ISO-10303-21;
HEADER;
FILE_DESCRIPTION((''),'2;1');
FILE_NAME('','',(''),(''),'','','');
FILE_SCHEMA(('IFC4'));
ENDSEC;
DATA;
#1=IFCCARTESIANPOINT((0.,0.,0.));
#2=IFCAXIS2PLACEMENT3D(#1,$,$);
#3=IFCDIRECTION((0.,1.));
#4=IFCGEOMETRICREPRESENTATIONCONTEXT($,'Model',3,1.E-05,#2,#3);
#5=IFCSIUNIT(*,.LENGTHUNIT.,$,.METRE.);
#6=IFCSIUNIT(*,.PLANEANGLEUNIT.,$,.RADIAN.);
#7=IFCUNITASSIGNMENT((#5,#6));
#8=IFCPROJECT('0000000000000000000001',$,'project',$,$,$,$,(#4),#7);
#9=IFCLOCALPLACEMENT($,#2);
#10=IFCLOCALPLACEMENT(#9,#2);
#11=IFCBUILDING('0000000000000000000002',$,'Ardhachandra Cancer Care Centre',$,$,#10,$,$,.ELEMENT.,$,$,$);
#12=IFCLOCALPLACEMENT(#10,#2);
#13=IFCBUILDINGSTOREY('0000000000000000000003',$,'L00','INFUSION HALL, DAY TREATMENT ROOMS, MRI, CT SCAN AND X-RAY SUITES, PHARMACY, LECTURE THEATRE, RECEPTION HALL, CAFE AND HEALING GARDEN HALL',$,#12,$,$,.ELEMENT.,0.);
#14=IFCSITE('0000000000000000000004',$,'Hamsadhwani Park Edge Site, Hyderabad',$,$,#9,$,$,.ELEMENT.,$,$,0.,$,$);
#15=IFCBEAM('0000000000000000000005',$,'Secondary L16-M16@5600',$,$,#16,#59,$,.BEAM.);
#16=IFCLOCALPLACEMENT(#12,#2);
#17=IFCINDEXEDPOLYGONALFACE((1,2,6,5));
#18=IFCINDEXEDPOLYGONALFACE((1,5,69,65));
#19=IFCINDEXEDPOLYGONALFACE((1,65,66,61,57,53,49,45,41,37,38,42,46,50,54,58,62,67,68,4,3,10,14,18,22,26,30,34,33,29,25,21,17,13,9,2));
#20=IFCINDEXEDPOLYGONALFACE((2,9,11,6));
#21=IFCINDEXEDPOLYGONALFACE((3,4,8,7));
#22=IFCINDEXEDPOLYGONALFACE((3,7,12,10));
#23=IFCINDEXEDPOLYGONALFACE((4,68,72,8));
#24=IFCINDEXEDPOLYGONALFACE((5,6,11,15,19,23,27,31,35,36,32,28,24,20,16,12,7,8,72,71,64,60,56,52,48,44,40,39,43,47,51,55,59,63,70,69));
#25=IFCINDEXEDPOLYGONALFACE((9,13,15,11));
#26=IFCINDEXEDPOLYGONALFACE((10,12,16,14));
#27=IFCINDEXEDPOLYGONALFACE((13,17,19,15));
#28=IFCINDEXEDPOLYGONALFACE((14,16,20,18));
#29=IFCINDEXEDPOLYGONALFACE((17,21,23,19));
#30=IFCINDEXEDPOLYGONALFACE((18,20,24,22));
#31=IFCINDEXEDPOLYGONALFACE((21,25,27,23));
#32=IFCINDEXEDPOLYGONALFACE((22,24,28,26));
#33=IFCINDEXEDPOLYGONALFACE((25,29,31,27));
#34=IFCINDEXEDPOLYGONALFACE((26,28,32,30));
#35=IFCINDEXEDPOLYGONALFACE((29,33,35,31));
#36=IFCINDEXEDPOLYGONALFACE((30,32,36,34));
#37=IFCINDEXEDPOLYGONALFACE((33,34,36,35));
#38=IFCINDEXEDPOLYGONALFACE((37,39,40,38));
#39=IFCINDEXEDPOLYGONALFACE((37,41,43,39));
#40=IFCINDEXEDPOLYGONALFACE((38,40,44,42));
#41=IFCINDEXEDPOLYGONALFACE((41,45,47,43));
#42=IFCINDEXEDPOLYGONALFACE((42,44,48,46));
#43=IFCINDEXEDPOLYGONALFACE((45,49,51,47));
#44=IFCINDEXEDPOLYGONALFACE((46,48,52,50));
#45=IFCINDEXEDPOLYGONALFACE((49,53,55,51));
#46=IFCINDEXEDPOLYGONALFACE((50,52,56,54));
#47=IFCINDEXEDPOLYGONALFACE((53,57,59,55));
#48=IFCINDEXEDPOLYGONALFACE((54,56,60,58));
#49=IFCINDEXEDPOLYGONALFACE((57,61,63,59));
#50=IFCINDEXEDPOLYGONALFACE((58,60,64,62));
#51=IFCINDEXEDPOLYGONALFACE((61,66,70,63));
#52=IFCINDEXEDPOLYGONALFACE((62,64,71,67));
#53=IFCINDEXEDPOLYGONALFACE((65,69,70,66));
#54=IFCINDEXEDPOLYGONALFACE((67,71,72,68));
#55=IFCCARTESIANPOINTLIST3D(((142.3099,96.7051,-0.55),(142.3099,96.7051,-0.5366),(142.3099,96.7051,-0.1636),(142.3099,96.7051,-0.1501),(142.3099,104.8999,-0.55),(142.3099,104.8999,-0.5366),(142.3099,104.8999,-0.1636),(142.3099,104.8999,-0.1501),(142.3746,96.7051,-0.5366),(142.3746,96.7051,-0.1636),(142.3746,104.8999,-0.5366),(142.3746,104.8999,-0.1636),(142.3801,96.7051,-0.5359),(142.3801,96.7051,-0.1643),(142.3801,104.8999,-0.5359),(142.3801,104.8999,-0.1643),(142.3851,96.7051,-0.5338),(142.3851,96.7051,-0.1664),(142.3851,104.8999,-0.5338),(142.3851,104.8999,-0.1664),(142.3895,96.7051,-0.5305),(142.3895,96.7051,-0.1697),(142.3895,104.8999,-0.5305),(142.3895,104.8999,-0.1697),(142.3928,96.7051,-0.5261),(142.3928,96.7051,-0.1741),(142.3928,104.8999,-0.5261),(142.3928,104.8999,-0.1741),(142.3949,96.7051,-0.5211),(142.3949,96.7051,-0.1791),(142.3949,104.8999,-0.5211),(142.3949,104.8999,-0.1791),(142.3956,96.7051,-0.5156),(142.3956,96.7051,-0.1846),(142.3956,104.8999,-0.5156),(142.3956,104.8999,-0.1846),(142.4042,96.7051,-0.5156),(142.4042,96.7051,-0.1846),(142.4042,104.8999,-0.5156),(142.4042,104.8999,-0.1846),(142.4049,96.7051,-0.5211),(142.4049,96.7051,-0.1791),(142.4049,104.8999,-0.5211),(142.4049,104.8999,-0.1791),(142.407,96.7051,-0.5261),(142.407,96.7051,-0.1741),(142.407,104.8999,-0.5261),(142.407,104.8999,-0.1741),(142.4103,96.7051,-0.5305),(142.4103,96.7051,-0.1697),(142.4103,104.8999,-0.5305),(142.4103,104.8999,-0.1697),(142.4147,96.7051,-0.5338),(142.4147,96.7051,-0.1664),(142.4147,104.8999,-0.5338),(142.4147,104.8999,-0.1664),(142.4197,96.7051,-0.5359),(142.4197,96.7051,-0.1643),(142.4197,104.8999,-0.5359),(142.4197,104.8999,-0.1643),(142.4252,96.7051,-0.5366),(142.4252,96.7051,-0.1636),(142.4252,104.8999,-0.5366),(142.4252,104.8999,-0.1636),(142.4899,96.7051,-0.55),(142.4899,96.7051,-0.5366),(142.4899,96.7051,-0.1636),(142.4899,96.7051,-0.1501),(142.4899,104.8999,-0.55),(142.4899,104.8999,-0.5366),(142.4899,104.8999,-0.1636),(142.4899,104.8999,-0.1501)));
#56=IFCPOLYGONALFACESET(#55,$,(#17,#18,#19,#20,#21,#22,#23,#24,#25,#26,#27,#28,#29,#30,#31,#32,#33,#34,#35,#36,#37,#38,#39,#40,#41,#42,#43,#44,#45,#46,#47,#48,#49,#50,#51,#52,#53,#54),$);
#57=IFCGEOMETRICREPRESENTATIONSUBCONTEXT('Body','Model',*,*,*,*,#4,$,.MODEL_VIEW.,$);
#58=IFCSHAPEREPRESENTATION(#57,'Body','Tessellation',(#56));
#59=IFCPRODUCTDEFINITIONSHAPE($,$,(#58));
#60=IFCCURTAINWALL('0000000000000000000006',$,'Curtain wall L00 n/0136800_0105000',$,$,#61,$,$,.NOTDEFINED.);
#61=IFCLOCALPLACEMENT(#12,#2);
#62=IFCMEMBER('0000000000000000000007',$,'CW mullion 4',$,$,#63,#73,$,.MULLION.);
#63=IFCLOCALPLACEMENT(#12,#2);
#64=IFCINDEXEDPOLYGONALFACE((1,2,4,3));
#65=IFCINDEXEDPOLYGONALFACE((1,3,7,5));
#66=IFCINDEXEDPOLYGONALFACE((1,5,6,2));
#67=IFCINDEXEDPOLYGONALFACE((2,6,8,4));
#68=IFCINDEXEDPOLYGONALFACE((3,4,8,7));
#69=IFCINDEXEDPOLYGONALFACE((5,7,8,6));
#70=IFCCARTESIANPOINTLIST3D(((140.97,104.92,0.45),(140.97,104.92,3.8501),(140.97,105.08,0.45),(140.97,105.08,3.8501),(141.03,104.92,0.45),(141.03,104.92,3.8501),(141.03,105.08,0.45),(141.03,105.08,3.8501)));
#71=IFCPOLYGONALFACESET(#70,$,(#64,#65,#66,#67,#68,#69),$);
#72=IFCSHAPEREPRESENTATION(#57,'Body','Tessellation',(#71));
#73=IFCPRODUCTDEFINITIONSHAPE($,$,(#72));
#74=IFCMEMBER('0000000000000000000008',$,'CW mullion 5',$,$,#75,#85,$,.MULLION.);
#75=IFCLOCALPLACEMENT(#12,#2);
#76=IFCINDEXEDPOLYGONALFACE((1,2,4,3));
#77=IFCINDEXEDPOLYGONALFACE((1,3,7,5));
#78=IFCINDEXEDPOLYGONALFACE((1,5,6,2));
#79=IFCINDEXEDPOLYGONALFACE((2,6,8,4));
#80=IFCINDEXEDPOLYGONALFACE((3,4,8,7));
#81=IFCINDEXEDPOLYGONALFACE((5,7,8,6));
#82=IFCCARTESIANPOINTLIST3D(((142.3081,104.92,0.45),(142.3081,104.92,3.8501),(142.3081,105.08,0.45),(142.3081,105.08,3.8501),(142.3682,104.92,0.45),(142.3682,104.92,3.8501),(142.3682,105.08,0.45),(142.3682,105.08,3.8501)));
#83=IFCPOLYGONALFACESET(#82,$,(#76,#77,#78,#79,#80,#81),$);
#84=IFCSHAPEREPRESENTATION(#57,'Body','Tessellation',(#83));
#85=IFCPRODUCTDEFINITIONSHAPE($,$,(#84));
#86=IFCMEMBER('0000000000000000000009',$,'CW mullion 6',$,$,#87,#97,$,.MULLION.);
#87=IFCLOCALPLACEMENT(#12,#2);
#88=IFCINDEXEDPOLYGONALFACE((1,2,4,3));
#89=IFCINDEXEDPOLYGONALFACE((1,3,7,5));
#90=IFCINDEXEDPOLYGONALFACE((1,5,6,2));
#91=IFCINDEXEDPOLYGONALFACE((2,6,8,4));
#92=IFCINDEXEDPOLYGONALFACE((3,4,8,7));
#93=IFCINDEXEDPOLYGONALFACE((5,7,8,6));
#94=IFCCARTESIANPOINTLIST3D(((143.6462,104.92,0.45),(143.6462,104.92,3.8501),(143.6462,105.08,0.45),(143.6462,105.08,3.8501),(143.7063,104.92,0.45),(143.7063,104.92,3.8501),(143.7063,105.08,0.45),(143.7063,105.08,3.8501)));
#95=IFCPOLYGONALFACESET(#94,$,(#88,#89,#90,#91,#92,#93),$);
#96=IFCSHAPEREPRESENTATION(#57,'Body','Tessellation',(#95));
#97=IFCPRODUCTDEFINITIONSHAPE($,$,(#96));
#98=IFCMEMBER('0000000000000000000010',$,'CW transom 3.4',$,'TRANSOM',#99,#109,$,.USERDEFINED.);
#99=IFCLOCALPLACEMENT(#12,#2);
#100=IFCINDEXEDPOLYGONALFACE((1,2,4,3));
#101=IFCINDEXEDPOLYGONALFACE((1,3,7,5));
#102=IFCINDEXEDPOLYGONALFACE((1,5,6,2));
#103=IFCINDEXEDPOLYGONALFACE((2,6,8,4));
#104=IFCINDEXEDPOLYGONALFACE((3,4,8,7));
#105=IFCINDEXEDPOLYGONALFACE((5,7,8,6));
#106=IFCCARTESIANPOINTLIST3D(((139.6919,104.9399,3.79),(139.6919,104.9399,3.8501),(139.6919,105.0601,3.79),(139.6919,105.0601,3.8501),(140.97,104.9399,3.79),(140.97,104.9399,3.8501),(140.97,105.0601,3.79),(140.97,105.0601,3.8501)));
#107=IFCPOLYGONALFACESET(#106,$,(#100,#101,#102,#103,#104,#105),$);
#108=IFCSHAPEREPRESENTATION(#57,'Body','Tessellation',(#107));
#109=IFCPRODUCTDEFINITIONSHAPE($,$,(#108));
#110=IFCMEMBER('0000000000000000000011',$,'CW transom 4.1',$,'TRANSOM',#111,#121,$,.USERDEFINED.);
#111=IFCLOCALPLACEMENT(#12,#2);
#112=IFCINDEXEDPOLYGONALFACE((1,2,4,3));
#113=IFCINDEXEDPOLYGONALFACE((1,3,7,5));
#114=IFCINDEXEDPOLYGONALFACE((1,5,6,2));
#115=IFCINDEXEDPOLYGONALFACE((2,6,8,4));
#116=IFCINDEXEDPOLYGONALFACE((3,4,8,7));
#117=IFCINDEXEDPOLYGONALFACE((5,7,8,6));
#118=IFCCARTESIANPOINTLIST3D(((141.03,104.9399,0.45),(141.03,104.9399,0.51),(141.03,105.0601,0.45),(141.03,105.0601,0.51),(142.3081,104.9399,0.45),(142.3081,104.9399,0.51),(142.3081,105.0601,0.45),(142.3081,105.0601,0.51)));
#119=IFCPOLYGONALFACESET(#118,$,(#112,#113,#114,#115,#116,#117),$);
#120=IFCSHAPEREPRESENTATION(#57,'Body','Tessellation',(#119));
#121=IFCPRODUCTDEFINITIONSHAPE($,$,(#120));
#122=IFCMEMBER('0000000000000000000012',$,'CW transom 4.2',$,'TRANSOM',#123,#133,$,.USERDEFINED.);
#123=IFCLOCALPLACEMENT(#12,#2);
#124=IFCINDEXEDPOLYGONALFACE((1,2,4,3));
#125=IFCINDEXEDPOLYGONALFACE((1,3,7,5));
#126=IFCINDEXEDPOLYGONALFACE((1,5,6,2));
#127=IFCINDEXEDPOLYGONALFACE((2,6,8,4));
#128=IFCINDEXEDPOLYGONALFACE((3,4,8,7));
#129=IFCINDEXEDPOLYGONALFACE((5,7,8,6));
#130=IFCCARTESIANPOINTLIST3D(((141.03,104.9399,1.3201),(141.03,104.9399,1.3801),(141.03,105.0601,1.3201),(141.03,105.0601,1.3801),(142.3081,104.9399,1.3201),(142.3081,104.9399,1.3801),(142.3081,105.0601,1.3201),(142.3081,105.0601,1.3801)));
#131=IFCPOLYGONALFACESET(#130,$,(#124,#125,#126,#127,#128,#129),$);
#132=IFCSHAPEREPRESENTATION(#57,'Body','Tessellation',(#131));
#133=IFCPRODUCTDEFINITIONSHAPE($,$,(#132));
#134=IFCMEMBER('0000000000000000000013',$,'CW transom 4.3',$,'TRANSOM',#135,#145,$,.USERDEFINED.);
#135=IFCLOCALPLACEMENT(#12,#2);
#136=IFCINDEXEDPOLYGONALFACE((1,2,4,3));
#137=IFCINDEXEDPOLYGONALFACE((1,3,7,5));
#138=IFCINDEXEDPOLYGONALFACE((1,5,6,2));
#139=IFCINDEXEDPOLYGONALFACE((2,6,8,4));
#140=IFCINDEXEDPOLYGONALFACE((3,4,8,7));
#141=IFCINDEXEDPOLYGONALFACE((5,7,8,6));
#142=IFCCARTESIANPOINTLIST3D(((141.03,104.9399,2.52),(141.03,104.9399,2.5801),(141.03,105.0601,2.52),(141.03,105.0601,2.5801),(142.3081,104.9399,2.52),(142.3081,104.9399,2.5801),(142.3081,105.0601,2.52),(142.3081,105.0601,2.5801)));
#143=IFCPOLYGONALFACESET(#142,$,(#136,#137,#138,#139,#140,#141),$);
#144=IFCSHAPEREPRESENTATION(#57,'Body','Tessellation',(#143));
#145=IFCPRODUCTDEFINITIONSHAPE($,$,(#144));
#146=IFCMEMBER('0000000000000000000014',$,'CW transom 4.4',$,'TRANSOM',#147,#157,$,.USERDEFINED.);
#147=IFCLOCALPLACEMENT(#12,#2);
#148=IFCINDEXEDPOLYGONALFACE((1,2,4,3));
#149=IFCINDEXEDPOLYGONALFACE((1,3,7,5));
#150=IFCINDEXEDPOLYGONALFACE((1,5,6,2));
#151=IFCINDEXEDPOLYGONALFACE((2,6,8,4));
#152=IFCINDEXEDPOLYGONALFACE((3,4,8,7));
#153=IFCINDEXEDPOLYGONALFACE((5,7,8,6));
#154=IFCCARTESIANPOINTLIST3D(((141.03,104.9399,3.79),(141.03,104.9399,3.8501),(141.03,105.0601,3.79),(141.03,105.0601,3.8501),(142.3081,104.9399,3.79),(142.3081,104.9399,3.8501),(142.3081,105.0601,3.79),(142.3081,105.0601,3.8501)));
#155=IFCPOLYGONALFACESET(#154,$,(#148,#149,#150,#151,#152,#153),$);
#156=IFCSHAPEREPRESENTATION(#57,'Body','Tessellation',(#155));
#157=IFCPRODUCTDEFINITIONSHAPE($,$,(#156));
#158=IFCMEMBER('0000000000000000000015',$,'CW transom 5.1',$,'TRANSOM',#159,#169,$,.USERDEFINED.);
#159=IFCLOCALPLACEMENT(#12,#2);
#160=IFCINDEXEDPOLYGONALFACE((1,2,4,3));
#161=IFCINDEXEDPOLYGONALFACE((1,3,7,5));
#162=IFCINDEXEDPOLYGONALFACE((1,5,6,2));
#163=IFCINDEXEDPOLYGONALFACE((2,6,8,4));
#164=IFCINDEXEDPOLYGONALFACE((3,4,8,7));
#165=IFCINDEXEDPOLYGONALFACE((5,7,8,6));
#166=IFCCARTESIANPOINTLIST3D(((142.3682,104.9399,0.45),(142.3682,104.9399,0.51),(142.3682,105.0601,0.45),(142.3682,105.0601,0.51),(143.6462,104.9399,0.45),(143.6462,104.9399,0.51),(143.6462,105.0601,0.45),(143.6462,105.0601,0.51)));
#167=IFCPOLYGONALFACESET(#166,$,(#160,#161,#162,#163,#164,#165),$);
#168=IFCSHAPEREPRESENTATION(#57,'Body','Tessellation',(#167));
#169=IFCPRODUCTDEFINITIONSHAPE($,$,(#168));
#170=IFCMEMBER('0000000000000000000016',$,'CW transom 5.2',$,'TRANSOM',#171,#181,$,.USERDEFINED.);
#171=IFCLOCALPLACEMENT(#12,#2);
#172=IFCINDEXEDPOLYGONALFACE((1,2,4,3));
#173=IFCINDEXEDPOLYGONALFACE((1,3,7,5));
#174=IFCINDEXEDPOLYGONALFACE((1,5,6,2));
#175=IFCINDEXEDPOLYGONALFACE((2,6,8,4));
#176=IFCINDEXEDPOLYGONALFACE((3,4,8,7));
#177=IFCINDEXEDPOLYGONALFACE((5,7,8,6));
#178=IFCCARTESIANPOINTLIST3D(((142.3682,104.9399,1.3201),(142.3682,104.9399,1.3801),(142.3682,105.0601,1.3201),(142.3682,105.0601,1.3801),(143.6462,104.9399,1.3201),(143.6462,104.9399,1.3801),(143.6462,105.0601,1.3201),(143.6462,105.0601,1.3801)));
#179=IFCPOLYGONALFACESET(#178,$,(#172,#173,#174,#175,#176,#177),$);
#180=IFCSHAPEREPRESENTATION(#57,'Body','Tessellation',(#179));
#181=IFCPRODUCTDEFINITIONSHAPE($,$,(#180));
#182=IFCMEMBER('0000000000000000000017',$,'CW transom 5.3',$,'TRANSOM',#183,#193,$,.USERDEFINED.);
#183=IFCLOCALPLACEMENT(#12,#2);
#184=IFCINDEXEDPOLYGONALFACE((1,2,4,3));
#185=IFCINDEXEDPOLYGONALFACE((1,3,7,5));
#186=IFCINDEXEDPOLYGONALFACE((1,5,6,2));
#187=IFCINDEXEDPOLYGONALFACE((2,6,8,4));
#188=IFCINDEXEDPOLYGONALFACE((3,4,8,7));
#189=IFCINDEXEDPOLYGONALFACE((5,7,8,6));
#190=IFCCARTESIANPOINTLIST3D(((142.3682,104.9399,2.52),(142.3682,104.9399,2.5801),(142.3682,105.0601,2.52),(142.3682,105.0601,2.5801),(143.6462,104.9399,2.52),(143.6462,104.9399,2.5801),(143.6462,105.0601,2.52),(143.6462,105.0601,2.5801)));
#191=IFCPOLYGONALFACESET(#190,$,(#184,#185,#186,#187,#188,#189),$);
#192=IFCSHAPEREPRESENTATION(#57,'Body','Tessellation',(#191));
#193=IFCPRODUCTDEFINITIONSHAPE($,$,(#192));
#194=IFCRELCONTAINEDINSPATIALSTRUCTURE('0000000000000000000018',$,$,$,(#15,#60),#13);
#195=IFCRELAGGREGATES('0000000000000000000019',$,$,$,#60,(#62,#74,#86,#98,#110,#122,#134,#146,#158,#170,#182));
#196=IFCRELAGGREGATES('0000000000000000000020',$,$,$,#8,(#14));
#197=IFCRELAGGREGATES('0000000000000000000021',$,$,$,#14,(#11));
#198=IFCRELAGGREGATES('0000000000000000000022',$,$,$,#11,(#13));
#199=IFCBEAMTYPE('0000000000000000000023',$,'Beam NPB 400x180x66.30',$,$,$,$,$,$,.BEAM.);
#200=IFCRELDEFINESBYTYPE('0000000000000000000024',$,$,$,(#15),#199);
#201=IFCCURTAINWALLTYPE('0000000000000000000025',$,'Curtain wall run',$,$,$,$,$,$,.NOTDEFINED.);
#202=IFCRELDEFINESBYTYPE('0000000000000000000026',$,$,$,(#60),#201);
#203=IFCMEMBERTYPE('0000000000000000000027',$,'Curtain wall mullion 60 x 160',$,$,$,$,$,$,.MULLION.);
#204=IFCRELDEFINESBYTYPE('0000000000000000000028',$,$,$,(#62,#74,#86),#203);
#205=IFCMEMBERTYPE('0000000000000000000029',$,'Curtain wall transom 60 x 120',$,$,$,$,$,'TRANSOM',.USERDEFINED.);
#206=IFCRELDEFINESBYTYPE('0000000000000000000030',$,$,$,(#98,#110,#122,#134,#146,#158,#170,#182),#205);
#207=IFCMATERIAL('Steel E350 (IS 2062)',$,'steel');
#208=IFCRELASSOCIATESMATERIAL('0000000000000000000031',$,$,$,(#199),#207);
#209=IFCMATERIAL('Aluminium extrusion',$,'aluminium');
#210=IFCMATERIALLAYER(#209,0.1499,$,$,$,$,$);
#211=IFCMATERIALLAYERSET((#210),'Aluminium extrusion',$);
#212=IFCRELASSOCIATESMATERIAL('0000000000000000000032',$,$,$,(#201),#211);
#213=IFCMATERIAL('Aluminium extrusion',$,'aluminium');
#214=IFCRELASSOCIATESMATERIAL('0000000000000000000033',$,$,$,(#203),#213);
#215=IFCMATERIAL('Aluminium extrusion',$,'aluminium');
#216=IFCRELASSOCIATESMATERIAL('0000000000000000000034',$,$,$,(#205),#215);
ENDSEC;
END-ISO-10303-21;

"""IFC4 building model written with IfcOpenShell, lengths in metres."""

from ifc_helpers import new_model, si_unit, direction, frame, origin, origin_2d, place, context, subcontext, project, spatial, rectangle, i_section, extrude, material, layer, layer_set, material_profile, profile_set, type_object, element, aggregate, save


model = new_model("IFC4")

# Units and contexts
model_context = context("Model", 3, precision=1e-05, world=origin(), true_north=direction((0.0, 1.0)))
body_context = subcontext(model_context, "Body", "Model", "MODEL_VIEW")
ifc_project = project(units=[si_unit("LENGTHUNIT", "METRE"), si_unit("PLANEANGLEUNIT", "RADIAN")], contexts=[model_context])

# Site, building, storey
site_placement = place(None, origin())
site = spatial("IfcSite", under=ifc_project, at=site_placement, Name="Hamsadhwani Park Edge Site, Hyderabad", CompositionType="ELEMENT", RefElevation=0.0)
building_placement = place(site_placement, origin())
building = spatial("IfcBuilding", under=site, at=building_placement, Name="Ardhachandra Cancer Care Centre", CompositionType="ELEMENT")
storey_placement = place(building_placement, origin())
storey = spatial("IfcBuildingStorey", under=building, at=storey_placement, Name="L00", Description="INFUSION HALL, DAY TREATMENT ROOMS, MRI, CT SCAN AND X-RAY SUITES, PHARMACY, LECTURE THEATRE, RECEPTION HALL, CAFE AND HEALING GARDEN HALL", CompositionType="ELEMENT", Elevation=0.0)

# Beam
ifc_material_1 = material(Name="Steel E350 (IS 2062)", Category="steel")
ifc_material_profile_1 = material_profile(ifc_material_1, i_section(OverallWidth=0.1799, OverallDepth=0.3999, WebThickness=0.0085, FlangeThickness=0.0134, FilletRadius=0.021, at=origin_2d()), Name="NPB 400x180x66.30")
ifc_profile_set_1 = profile_set([ifc_material_profile_1], Name="Steel E350 (IS 2062)")
beam_type = type_object("IfcBeamType", Name="Beam NPB 400x180x66.30", PredefinedType="BEAM", material=ifc_profile_set_1)
beam_placement = place(storey_placement, frame((142.3999, 96.7051, -0.3501), z_axis=(0.0, 1.0, 0.0), x_axis=(-1.0, 0.0, 0.0)))
element("IfcBeam", 1, at=beam_placement, inside=storey, type_object=beam_type, Name="Secondary L16-M16@5600", PredefinedType="BEAM", context=body_context, shape_type="SweptSolid", body=[
    extrude(i_section(OverallWidth=0.1799, OverallDepth=0.3999, WebThickness=0.0085, FlangeThickness=0.0134, FilletRadius=0.021, at=origin_2d()), origin(), (0.0, 0.0, 1.0), 8.1948),
])

# Curtain wall, members
ifc_material_2 = material(Name="Aluminium extrusion", Category="aluminium")
ifc_layer_1 = layer(ifc_material_2, 0.1499)
ifc_layer_set_1 = layer_set([ifc_layer_1], Name="Aluminium extrusion")
curtain_wall_type = type_object("IfcCurtainWallType", Name="Curtain wall run", PredefinedType="NOTDEFINED", material=ifc_layer_set_1)
curtain_wall_placement = place(storey_placement, origin())
curtain_wall = element("IfcCurtainWall", 2, at=curtain_wall_placement, inside=storey, type_object=curtain_wall_type, Name="Curtain wall L00 n/0136800_0105000", PredefinedType="NOTDEFINED")
ifc_material_3 = material(Name="Aluminium extrusion", Category="aluminium")
ifc_material_profile_2 = material_profile(ifc_material_3, rectangle(XDim=0.1599, YDim=0.0601, at=origin_2d()), Name="Curtain wall mullion 60 x 160")
ifc_profile_set_2 = profile_set([ifc_material_profile_2], Name="Aluminium extrusion")
member_type_1 = type_object("IfcMemberType", Name="Curtain wall mullion 60 x 160", PredefinedType="MULLION", material=ifc_profile_set_2)
member_1_placement = place(storey_placement, frame((141.0, 105.0, 0.45), z_axis=(0.0, 0.0, 1.0), x_axis=(0.0, 1.0, 0.0)))
member_1 = element("IfcMember", 3, at=member_1_placement, type_object=member_type_1, Name="CW mullion 4", PredefinedType="MULLION", context=body_context, shape_type="SweptSolid", body=[
    extrude(rectangle(XDim=0.1599, YDim=0.0601, at=origin_2d()), origin(), (0.0, 0.0, 1.0), 3.4001),
])
member_2_placement = place(storey_placement, frame((142.3381, 105.0, 0.45), z_axis=(0.0, 0.0, 1.0), x_axis=(0.0, 1.0, 0.0)))
member_2 = element("IfcMember", 4, at=member_2_placement, type_object=member_type_1, Name="CW mullion 5", PredefinedType="MULLION", context=body_context, shape_type="SweptSolid", body=[
    extrude(rectangle(XDim=0.1599, YDim=0.0601, at=origin_2d()), origin(), (0.0, 0.0, 1.0), 3.4001),
])
member_3_placement = place(storey_placement, frame((143.6763, 105.0, 0.45), z_axis=(0.0, 0.0, 1.0), x_axis=(0.0, 1.0, 0.0)))
member_3 = element("IfcMember", 5, at=member_3_placement, type_object=member_type_1, Name="CW mullion 6", PredefinedType="MULLION", context=body_context, shape_type="SweptSolid", body=[
    extrude(rectangle(XDim=0.1599, YDim=0.0601, at=origin_2d()), origin(), (0.0, 0.0, 1.0), 3.4001),
])
ifc_material_4 = material(Name="Aluminium extrusion", Category="aluminium")
ifc_material_profile_3 = material_profile(ifc_material_4, rectangle(XDim=0.1201, YDim=0.0601, at=origin_2d()), Name="Curtain wall transom 60 x 120")
ifc_profile_set_3 = profile_set([ifc_material_profile_3], Name="Aluminium extrusion")
member_type_2 = type_object("IfcMemberType", Name="Curtain wall transom 60 x 120", ElementType="TRANSOM", PredefinedType="USERDEFINED", material=ifc_profile_set_3)
member_4_placement = place(storey_placement, frame((139.6919, 105.0, 3.8201), z_axis=(1.0, 0.0, 0.0), x_axis=(0.0, 1.0, 0.0)))
member_4 = element("IfcMember", 6, at=member_4_placement, type_object=member_type_2, Name="CW transom 3.4", ObjectType="TRANSOM", PredefinedType="USERDEFINED", context=body_context, shape_type="SweptSolid", body=[
    extrude(rectangle(XDim=0.1201, YDim=0.0601, at=origin_2d()), origin(), (0.0, 0.0, 1.0), 1.2781),
])
member_5_placement = place(storey_placement, frame((141.03, 105.0, 0.48), z_axis=(1.0, 0.0, 0.0), x_axis=(0.0, 1.0, 0.0)))
member_5 = element("IfcMember", 7, at=member_5_placement, type_object=member_type_2, Name="CW transom 4.1", ObjectType="TRANSOM", PredefinedType="USERDEFINED", context=body_context, shape_type="SweptSolid", body=[
    extrude(rectangle(XDim=0.1201, YDim=0.0601, at=origin_2d()), origin(), (0.0, 0.0, 1.0), 1.2781),
])
member_6_placement = place(storey_placement, frame((141.03, 105.0, 1.3501), z_axis=(1.0, 0.0, 0.0), x_axis=(0.0, 1.0, 0.0)))
member_6 = element("IfcMember", 8, at=member_6_placement, type_object=member_type_2, Name="CW transom 4.2", ObjectType="TRANSOM", PredefinedType="USERDEFINED", context=body_context, shape_type="SweptSolid", body=[
    extrude(rectangle(XDim=0.1201, YDim=0.0601, at=origin_2d()), origin(), (0.0, 0.0, 1.0), 1.2781),
])
member_7_placement = place(storey_placement, frame((141.03, 105.0, 2.55), z_axis=(1.0, 0.0, 0.0), x_axis=(0.0, 1.0, 0.0)))
member_7 = element("IfcMember", 9, at=member_7_placement, type_object=member_type_2, Name="CW transom 4.3", ObjectType="TRANSOM", PredefinedType="USERDEFINED", context=body_context, shape_type="SweptSolid", body=[
    extrude(rectangle(XDim=0.1201, YDim=0.0601, at=origin_2d()), origin(), (0.0, 0.0, 1.0), 1.2781),
])
member_8_placement = place(storey_placement, frame((141.03, 105.0, 3.8201), z_axis=(1.0, 0.0, 0.0), x_axis=(0.0, 1.0, 0.0)))
member_8 = element("IfcMember", 10, at=member_8_placement, type_object=member_type_2, Name="CW transom 4.4", ObjectType="TRANSOM", PredefinedType="USERDEFINED", context=body_context, shape_type="SweptSolid", body=[
    extrude(rectangle(XDim=0.1201, YDim=0.0601, at=origin_2d()), origin(), (0.0, 0.0, 1.0), 1.2781),
])
member_9_placement = place(storey_placement, frame((142.3682, 105.0, 0.48), z_axis=(1.0, 0.0, 0.0), x_axis=(0.0, 1.0, 0.0)))
member_9 = element("IfcMember", 11, at=member_9_placement, type_object=member_type_2, Name="CW transom 5.1", ObjectType="TRANSOM", PredefinedType="USERDEFINED", context=body_context, shape_type="SweptSolid", body=[
    extrude(rectangle(XDim=0.1201, YDim=0.0601, at=origin_2d()), origin(), (0.0, 0.0, 1.0), 1.2781),
])
member_10_placement = place(storey_placement, frame((142.3682, 105.0, 1.3501), z_axis=(1.0, 0.0, 0.0), x_axis=(0.0, 1.0, 0.0)))
member_10 = element("IfcMember", 12, at=member_10_placement, type_object=member_type_2, Name="CW transom 5.2", ObjectType="TRANSOM", PredefinedType="USERDEFINED", context=body_context, shape_type="SweptSolid", body=[
    extrude(rectangle(XDim=0.1201, YDim=0.0601, at=origin_2d()), origin(), (0.0, 0.0, 1.0), 1.2781),
])
member_11_placement = place(storey_placement, frame((142.3682, 105.0, 2.55), z_axis=(1.0, 0.0, 0.0), x_axis=(0.0, 1.0, 0.0)))
member_11 = element("IfcMember", 13, at=member_11_placement, type_object=member_type_2, Name="CW transom 5.3", ObjectType="TRANSOM", PredefinedType="USERDEFINED", context=body_context, shape_type="SweptSolid", body=[
    extrude(rectangle(XDim=0.1201, YDim=0.0601, at=origin_2d()), origin(), (0.0, 0.0, 1.0), 1.2781),
])
aggregate(curtain_wall, [member_1, member_2, member_3, member_4, member_5, member_6, member_7, member_8, member_9, member_10, member_11])

save(model, "model.ifc")
